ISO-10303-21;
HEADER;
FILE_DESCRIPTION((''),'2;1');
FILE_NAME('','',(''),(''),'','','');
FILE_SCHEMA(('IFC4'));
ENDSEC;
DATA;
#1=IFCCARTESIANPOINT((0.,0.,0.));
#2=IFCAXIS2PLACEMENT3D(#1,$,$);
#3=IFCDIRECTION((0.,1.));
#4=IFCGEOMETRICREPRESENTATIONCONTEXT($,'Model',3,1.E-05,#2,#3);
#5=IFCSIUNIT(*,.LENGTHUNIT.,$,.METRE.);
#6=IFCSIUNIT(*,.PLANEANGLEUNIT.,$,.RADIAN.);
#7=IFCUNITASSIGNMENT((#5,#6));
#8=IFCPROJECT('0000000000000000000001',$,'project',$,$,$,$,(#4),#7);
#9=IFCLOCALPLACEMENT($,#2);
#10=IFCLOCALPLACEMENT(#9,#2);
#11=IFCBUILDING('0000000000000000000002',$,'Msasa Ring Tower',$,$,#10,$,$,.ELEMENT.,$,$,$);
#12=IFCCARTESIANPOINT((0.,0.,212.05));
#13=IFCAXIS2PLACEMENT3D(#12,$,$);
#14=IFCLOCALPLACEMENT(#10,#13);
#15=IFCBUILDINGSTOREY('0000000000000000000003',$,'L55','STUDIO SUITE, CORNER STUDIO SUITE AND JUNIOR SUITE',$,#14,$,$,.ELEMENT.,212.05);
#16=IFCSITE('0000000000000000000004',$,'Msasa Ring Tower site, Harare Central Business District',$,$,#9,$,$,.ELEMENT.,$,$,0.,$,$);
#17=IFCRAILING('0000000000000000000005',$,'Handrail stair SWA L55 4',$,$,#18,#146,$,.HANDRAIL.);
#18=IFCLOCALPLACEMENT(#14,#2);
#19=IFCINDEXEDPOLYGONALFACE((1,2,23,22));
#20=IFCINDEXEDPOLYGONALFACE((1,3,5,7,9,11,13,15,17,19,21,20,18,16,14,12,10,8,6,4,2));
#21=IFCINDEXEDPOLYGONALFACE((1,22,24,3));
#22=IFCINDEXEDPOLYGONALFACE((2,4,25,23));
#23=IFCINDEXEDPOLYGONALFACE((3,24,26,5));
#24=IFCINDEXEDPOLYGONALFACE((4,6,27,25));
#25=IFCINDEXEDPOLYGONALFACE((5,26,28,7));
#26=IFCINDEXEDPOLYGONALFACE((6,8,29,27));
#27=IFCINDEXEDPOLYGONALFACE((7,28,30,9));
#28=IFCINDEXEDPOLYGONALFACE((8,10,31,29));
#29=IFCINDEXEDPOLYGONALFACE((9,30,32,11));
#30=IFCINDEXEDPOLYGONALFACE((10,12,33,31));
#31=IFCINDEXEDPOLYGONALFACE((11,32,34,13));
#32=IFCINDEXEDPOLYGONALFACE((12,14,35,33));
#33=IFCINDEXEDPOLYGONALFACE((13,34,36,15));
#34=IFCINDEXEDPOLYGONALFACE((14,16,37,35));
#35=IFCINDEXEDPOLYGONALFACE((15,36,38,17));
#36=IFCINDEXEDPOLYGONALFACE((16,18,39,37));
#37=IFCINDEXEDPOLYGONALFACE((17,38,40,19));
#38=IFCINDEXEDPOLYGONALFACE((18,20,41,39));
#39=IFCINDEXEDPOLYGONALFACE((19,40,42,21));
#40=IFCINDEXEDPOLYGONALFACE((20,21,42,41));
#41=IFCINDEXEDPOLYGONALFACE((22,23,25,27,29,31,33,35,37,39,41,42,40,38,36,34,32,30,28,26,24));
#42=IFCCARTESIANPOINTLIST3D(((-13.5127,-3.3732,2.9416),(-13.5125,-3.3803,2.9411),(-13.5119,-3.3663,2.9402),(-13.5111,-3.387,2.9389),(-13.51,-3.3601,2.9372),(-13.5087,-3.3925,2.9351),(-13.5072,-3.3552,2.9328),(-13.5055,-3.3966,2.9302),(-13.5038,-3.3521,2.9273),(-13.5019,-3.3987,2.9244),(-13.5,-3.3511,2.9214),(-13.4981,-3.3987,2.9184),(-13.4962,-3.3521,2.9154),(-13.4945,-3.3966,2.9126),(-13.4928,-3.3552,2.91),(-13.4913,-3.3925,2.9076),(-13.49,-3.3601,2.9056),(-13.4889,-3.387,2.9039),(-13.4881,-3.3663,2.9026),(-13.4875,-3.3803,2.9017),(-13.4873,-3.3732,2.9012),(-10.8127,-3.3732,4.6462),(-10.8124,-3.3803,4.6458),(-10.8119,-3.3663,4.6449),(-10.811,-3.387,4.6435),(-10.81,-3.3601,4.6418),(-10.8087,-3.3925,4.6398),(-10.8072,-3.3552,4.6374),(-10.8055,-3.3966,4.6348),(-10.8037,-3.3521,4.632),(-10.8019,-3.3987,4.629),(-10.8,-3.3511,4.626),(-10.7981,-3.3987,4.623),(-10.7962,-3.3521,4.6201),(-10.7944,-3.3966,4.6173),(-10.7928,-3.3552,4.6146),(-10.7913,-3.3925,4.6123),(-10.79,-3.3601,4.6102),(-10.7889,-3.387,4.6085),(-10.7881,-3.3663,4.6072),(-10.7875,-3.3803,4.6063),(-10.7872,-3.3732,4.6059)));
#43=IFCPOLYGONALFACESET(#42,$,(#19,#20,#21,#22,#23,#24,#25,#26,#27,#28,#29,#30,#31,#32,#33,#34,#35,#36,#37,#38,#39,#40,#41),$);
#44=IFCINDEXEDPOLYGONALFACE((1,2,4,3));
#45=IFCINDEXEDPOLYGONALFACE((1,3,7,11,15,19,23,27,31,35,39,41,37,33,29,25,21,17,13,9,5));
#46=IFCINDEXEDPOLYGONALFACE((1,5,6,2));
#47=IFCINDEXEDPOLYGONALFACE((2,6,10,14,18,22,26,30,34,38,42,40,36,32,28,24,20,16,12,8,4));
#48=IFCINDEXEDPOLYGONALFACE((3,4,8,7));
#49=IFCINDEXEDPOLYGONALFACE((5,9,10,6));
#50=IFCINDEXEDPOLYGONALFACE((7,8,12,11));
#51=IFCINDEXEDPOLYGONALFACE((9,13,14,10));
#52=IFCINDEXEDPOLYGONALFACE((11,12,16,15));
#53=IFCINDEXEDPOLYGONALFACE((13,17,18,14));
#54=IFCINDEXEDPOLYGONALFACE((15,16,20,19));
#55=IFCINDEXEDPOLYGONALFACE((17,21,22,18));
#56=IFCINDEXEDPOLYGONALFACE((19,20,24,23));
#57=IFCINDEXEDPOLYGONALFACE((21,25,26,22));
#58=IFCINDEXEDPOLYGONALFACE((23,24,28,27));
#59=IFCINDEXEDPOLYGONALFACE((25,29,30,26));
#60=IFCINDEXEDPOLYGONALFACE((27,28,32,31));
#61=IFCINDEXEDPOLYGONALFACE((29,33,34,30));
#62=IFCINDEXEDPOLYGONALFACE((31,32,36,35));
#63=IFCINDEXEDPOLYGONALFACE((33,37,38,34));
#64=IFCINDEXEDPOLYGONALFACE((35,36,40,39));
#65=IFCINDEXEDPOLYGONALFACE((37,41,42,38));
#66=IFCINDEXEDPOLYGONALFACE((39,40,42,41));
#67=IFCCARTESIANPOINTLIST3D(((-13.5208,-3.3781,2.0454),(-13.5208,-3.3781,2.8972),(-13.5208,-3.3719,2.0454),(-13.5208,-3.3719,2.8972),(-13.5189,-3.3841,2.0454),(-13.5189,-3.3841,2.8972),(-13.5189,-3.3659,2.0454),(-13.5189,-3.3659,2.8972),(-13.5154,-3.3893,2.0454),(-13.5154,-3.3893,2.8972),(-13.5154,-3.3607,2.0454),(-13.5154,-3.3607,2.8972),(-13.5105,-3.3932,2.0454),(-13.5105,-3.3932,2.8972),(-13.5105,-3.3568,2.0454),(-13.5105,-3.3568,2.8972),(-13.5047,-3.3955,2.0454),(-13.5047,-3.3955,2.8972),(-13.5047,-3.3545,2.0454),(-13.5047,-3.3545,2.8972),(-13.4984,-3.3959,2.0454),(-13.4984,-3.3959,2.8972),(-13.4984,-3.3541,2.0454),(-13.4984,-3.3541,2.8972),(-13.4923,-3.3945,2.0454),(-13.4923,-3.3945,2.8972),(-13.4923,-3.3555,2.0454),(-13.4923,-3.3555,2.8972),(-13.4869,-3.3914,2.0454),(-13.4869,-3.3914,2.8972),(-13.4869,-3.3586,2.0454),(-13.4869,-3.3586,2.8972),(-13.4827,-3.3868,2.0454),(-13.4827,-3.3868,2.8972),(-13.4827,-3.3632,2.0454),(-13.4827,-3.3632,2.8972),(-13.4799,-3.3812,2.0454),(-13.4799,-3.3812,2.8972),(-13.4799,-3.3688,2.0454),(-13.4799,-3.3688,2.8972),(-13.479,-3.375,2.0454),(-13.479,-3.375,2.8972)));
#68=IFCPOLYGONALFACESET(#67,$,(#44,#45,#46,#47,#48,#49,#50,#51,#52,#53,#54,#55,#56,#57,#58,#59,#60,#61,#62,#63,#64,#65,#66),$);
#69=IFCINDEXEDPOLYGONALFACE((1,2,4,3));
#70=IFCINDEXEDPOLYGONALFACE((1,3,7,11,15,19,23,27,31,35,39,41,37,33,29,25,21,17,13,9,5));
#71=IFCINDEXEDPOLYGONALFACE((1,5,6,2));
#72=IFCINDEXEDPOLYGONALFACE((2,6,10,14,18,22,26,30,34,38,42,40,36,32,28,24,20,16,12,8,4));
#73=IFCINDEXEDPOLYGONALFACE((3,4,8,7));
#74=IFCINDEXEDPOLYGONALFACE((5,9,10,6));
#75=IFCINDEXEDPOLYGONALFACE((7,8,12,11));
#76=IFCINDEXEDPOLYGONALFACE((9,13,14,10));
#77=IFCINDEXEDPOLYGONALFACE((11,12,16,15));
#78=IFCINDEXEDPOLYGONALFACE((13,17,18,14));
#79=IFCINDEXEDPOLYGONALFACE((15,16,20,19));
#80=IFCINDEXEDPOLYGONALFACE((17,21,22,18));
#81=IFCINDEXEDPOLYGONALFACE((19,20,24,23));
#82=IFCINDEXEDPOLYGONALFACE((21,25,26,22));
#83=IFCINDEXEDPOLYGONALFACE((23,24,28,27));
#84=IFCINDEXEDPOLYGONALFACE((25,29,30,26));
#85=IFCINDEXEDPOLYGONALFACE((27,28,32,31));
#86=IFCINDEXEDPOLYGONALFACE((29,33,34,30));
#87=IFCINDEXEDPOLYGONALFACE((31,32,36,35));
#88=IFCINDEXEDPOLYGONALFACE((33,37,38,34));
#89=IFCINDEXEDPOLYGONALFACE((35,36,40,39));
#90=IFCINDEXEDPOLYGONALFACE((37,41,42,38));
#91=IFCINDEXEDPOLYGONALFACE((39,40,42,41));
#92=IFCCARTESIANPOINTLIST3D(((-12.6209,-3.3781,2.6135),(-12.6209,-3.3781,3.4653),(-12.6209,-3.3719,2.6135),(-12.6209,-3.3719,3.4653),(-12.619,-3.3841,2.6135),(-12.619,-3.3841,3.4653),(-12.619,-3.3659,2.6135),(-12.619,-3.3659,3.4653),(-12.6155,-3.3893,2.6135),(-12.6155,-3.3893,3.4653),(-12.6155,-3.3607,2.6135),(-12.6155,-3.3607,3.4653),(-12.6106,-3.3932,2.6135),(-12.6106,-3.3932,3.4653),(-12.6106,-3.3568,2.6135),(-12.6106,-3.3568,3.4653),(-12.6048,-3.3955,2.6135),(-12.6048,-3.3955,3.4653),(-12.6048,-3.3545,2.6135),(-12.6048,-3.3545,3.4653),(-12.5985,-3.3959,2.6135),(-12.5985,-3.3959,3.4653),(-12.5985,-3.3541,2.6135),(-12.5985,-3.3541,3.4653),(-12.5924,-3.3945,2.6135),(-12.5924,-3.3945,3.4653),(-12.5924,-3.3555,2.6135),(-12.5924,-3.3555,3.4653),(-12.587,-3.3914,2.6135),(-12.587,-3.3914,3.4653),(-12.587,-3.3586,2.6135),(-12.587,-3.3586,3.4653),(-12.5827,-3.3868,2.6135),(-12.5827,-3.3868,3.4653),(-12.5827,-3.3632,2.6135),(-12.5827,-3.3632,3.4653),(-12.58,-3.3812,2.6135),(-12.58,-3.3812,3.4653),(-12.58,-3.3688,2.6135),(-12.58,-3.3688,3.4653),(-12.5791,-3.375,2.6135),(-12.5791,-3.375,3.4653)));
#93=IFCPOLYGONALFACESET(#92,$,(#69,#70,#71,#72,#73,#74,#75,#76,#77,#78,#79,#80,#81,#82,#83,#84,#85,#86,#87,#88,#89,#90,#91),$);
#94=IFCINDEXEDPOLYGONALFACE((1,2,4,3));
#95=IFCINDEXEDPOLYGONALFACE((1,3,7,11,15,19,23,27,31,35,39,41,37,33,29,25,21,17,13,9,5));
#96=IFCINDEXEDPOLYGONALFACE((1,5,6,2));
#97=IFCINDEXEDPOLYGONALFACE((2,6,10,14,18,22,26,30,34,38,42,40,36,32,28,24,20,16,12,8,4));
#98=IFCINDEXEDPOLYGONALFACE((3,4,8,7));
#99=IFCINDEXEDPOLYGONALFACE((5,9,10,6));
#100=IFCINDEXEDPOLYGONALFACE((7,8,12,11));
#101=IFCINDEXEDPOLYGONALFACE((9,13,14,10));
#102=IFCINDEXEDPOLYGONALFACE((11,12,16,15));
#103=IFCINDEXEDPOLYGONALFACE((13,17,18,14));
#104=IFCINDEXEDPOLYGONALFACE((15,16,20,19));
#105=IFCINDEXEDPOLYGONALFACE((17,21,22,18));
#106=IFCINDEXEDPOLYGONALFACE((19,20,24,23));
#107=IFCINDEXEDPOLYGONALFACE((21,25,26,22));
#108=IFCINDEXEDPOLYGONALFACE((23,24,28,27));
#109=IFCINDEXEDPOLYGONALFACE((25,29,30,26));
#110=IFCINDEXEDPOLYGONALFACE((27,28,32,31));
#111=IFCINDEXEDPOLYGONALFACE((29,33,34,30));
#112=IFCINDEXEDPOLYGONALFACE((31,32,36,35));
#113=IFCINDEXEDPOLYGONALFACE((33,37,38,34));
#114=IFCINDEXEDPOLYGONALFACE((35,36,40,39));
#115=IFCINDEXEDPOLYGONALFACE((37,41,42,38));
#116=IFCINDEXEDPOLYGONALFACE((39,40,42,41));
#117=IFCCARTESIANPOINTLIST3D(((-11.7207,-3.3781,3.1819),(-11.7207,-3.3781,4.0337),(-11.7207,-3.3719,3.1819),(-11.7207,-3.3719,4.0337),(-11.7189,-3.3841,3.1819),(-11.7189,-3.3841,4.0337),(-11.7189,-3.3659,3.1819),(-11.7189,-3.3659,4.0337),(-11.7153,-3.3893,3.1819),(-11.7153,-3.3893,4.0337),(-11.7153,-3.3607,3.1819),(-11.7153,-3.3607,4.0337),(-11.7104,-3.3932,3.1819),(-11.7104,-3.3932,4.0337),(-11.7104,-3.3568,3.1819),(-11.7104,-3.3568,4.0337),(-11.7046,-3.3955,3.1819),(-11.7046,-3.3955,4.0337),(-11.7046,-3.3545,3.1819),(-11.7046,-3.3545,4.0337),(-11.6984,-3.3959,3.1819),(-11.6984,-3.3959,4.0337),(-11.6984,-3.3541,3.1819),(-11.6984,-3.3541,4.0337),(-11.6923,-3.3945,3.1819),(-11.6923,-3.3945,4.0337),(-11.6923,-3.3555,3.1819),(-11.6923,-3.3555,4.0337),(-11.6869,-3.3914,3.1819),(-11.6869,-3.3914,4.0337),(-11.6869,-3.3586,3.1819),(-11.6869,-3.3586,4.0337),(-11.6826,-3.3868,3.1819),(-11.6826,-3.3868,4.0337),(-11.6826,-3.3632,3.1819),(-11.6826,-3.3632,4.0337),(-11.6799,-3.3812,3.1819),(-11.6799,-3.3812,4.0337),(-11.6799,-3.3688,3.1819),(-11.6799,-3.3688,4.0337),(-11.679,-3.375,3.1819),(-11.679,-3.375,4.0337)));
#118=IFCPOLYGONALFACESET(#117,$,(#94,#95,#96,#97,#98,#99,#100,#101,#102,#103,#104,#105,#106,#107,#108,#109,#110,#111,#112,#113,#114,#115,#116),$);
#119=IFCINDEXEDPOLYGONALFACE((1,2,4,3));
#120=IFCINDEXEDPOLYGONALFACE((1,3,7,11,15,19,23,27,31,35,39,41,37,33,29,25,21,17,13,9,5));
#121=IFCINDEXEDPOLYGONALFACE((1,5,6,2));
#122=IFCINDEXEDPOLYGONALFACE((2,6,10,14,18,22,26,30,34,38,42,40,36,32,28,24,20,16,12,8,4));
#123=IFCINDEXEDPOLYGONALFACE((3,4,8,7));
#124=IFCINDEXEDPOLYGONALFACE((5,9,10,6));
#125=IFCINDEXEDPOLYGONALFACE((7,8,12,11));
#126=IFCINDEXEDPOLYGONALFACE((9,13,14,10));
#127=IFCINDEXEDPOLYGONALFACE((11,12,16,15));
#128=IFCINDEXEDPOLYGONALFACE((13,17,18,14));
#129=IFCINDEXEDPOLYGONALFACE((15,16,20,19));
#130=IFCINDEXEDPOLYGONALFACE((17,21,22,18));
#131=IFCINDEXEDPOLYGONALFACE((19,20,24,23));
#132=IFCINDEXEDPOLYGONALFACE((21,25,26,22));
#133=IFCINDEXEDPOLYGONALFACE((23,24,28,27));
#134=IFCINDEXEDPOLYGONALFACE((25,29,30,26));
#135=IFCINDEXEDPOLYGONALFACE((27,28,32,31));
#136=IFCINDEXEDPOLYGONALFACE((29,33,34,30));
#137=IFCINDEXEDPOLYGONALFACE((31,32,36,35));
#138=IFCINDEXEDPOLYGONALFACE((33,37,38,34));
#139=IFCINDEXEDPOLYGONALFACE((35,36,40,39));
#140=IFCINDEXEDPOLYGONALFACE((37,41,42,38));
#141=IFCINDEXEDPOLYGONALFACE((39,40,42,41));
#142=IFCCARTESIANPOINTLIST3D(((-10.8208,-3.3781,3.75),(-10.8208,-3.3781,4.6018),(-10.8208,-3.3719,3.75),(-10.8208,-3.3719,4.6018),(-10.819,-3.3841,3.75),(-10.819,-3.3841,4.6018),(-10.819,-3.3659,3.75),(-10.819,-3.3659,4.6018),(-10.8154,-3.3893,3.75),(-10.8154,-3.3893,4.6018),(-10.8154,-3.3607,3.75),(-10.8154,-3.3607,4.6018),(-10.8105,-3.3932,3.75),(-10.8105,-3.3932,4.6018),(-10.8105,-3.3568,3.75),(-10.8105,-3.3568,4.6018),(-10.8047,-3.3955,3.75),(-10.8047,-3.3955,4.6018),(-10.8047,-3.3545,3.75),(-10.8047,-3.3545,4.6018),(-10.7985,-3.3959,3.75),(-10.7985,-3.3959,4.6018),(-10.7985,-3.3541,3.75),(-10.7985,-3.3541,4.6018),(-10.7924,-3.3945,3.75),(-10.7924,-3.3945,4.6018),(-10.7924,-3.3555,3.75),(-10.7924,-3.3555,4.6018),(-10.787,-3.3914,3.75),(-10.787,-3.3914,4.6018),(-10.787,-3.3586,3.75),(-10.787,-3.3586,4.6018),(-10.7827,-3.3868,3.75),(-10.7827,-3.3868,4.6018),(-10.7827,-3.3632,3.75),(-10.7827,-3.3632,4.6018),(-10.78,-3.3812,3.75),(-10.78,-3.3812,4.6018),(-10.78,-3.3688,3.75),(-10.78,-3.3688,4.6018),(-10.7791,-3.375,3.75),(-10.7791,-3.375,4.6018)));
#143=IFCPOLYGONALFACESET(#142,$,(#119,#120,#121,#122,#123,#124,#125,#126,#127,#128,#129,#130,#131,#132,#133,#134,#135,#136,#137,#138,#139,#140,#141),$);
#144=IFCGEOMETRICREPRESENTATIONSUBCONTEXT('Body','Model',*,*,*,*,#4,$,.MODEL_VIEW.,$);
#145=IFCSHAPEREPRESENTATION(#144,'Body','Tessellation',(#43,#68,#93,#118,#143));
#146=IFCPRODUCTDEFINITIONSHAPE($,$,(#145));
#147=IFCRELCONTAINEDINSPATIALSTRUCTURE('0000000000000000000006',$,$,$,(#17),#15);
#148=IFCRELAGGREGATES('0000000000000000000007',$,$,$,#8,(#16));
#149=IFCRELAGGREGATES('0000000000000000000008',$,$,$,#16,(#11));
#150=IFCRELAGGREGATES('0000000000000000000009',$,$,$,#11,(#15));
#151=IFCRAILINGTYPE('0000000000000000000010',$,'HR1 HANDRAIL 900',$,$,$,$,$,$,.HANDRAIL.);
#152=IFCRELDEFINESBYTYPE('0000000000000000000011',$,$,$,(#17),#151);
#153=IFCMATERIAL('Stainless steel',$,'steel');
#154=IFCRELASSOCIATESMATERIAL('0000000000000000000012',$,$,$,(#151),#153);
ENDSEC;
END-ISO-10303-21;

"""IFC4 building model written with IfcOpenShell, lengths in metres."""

from ifc_helpers import new_model, si_unit, direction, frame, origin, origin_2d, place, context, subcontext, project, spatial, circle, extrude, material, type_object, element, save


model = new_model("IFC4")

# Units and contexts
model_context = context("Model", 3, precision=1e-05, world=origin(), true_north=direction((0.0, 1.0)))
body_context = subcontext(model_context, "Body", "Model", "MODEL_VIEW")
ifc_project = project(units=[si_unit("LENGTHUNIT", "METRE"), si_unit("PLANEANGLEUNIT", "RADIAN")], contexts=[model_context])

# Site, building, storey
site_placement = place(None, origin())
site = spatial("IfcSite", under=ifc_project, at=site_placement, Name="Msasa Ring Tower site, Harare Central Business District", CompositionType="ELEMENT", RefElevation=0.0)
building_placement = place(site_placement, origin())
building = spatial("IfcBuilding", under=site, at=building_placement, Name="Msasa Ring Tower", CompositionType="ELEMENT")
storey_placement = place(building_placement, frame((0.0, 0.0, 212.05)))
storey = spatial("IfcBuildingStorey", under=building, at=storey_placement, Name="L55", Description="STUDIO SUITE, CORNER STUDIO SUITE AND JUNIOR SUITE", CompositionType="ELEMENT", Elevation=212.05)

# Railing
ifc_material_1 = material(Name="Stainless steel", Category="steel")
railing_type = type_object("IfcRailingType", Name="HR1 HANDRAIL 900", PredefinedType="HANDRAIL", material=ifc_material_1)
for number, where, name in (
    (1, (-13.5, -3.375, 2.0454), "Handrail stair SWA L55 4"),
):
    element("IfcRailing", number, at=place(storey_placement, frame(where)), inside=storey, type_object=railing_type, Name=name, PredefinedType="HANDRAIL", context=body_context, shape_type="SweptSolid", body=[
        extrude(circle(Radius=0.0239, at=origin_2d()), frame((0.0, 0.0, 0.876), z_axis=(0.84558, 0.0, 0.533849), x_axis=(0.0, 1.0, 0.0)), (0.0, 0.0, 1.0), 3.1931),
        extrude(circle(Radius=0.021, at=origin_2d()), origin(), (0.0, 0.0, 1.0), 0.8518),
        extrude(circle(Radius=0.021, at=origin_2d()), frame((0.8999, 0.0, 0.5681)), (0.0, 0.0, 1.0), 0.8518),
        extrude(circle(Radius=0.021, at=origin_2d()), frame((1.8, 0.0, 1.1365)), (0.0, 0.0, 1.0), 0.8518),
        extrude(circle(Radius=0.021, at=origin_2d()), frame((2.7, 0.0, 1.7046)), (0.0, 0.0, 1.0), 0.8518),
    ])

save(model, "model.ifc")
